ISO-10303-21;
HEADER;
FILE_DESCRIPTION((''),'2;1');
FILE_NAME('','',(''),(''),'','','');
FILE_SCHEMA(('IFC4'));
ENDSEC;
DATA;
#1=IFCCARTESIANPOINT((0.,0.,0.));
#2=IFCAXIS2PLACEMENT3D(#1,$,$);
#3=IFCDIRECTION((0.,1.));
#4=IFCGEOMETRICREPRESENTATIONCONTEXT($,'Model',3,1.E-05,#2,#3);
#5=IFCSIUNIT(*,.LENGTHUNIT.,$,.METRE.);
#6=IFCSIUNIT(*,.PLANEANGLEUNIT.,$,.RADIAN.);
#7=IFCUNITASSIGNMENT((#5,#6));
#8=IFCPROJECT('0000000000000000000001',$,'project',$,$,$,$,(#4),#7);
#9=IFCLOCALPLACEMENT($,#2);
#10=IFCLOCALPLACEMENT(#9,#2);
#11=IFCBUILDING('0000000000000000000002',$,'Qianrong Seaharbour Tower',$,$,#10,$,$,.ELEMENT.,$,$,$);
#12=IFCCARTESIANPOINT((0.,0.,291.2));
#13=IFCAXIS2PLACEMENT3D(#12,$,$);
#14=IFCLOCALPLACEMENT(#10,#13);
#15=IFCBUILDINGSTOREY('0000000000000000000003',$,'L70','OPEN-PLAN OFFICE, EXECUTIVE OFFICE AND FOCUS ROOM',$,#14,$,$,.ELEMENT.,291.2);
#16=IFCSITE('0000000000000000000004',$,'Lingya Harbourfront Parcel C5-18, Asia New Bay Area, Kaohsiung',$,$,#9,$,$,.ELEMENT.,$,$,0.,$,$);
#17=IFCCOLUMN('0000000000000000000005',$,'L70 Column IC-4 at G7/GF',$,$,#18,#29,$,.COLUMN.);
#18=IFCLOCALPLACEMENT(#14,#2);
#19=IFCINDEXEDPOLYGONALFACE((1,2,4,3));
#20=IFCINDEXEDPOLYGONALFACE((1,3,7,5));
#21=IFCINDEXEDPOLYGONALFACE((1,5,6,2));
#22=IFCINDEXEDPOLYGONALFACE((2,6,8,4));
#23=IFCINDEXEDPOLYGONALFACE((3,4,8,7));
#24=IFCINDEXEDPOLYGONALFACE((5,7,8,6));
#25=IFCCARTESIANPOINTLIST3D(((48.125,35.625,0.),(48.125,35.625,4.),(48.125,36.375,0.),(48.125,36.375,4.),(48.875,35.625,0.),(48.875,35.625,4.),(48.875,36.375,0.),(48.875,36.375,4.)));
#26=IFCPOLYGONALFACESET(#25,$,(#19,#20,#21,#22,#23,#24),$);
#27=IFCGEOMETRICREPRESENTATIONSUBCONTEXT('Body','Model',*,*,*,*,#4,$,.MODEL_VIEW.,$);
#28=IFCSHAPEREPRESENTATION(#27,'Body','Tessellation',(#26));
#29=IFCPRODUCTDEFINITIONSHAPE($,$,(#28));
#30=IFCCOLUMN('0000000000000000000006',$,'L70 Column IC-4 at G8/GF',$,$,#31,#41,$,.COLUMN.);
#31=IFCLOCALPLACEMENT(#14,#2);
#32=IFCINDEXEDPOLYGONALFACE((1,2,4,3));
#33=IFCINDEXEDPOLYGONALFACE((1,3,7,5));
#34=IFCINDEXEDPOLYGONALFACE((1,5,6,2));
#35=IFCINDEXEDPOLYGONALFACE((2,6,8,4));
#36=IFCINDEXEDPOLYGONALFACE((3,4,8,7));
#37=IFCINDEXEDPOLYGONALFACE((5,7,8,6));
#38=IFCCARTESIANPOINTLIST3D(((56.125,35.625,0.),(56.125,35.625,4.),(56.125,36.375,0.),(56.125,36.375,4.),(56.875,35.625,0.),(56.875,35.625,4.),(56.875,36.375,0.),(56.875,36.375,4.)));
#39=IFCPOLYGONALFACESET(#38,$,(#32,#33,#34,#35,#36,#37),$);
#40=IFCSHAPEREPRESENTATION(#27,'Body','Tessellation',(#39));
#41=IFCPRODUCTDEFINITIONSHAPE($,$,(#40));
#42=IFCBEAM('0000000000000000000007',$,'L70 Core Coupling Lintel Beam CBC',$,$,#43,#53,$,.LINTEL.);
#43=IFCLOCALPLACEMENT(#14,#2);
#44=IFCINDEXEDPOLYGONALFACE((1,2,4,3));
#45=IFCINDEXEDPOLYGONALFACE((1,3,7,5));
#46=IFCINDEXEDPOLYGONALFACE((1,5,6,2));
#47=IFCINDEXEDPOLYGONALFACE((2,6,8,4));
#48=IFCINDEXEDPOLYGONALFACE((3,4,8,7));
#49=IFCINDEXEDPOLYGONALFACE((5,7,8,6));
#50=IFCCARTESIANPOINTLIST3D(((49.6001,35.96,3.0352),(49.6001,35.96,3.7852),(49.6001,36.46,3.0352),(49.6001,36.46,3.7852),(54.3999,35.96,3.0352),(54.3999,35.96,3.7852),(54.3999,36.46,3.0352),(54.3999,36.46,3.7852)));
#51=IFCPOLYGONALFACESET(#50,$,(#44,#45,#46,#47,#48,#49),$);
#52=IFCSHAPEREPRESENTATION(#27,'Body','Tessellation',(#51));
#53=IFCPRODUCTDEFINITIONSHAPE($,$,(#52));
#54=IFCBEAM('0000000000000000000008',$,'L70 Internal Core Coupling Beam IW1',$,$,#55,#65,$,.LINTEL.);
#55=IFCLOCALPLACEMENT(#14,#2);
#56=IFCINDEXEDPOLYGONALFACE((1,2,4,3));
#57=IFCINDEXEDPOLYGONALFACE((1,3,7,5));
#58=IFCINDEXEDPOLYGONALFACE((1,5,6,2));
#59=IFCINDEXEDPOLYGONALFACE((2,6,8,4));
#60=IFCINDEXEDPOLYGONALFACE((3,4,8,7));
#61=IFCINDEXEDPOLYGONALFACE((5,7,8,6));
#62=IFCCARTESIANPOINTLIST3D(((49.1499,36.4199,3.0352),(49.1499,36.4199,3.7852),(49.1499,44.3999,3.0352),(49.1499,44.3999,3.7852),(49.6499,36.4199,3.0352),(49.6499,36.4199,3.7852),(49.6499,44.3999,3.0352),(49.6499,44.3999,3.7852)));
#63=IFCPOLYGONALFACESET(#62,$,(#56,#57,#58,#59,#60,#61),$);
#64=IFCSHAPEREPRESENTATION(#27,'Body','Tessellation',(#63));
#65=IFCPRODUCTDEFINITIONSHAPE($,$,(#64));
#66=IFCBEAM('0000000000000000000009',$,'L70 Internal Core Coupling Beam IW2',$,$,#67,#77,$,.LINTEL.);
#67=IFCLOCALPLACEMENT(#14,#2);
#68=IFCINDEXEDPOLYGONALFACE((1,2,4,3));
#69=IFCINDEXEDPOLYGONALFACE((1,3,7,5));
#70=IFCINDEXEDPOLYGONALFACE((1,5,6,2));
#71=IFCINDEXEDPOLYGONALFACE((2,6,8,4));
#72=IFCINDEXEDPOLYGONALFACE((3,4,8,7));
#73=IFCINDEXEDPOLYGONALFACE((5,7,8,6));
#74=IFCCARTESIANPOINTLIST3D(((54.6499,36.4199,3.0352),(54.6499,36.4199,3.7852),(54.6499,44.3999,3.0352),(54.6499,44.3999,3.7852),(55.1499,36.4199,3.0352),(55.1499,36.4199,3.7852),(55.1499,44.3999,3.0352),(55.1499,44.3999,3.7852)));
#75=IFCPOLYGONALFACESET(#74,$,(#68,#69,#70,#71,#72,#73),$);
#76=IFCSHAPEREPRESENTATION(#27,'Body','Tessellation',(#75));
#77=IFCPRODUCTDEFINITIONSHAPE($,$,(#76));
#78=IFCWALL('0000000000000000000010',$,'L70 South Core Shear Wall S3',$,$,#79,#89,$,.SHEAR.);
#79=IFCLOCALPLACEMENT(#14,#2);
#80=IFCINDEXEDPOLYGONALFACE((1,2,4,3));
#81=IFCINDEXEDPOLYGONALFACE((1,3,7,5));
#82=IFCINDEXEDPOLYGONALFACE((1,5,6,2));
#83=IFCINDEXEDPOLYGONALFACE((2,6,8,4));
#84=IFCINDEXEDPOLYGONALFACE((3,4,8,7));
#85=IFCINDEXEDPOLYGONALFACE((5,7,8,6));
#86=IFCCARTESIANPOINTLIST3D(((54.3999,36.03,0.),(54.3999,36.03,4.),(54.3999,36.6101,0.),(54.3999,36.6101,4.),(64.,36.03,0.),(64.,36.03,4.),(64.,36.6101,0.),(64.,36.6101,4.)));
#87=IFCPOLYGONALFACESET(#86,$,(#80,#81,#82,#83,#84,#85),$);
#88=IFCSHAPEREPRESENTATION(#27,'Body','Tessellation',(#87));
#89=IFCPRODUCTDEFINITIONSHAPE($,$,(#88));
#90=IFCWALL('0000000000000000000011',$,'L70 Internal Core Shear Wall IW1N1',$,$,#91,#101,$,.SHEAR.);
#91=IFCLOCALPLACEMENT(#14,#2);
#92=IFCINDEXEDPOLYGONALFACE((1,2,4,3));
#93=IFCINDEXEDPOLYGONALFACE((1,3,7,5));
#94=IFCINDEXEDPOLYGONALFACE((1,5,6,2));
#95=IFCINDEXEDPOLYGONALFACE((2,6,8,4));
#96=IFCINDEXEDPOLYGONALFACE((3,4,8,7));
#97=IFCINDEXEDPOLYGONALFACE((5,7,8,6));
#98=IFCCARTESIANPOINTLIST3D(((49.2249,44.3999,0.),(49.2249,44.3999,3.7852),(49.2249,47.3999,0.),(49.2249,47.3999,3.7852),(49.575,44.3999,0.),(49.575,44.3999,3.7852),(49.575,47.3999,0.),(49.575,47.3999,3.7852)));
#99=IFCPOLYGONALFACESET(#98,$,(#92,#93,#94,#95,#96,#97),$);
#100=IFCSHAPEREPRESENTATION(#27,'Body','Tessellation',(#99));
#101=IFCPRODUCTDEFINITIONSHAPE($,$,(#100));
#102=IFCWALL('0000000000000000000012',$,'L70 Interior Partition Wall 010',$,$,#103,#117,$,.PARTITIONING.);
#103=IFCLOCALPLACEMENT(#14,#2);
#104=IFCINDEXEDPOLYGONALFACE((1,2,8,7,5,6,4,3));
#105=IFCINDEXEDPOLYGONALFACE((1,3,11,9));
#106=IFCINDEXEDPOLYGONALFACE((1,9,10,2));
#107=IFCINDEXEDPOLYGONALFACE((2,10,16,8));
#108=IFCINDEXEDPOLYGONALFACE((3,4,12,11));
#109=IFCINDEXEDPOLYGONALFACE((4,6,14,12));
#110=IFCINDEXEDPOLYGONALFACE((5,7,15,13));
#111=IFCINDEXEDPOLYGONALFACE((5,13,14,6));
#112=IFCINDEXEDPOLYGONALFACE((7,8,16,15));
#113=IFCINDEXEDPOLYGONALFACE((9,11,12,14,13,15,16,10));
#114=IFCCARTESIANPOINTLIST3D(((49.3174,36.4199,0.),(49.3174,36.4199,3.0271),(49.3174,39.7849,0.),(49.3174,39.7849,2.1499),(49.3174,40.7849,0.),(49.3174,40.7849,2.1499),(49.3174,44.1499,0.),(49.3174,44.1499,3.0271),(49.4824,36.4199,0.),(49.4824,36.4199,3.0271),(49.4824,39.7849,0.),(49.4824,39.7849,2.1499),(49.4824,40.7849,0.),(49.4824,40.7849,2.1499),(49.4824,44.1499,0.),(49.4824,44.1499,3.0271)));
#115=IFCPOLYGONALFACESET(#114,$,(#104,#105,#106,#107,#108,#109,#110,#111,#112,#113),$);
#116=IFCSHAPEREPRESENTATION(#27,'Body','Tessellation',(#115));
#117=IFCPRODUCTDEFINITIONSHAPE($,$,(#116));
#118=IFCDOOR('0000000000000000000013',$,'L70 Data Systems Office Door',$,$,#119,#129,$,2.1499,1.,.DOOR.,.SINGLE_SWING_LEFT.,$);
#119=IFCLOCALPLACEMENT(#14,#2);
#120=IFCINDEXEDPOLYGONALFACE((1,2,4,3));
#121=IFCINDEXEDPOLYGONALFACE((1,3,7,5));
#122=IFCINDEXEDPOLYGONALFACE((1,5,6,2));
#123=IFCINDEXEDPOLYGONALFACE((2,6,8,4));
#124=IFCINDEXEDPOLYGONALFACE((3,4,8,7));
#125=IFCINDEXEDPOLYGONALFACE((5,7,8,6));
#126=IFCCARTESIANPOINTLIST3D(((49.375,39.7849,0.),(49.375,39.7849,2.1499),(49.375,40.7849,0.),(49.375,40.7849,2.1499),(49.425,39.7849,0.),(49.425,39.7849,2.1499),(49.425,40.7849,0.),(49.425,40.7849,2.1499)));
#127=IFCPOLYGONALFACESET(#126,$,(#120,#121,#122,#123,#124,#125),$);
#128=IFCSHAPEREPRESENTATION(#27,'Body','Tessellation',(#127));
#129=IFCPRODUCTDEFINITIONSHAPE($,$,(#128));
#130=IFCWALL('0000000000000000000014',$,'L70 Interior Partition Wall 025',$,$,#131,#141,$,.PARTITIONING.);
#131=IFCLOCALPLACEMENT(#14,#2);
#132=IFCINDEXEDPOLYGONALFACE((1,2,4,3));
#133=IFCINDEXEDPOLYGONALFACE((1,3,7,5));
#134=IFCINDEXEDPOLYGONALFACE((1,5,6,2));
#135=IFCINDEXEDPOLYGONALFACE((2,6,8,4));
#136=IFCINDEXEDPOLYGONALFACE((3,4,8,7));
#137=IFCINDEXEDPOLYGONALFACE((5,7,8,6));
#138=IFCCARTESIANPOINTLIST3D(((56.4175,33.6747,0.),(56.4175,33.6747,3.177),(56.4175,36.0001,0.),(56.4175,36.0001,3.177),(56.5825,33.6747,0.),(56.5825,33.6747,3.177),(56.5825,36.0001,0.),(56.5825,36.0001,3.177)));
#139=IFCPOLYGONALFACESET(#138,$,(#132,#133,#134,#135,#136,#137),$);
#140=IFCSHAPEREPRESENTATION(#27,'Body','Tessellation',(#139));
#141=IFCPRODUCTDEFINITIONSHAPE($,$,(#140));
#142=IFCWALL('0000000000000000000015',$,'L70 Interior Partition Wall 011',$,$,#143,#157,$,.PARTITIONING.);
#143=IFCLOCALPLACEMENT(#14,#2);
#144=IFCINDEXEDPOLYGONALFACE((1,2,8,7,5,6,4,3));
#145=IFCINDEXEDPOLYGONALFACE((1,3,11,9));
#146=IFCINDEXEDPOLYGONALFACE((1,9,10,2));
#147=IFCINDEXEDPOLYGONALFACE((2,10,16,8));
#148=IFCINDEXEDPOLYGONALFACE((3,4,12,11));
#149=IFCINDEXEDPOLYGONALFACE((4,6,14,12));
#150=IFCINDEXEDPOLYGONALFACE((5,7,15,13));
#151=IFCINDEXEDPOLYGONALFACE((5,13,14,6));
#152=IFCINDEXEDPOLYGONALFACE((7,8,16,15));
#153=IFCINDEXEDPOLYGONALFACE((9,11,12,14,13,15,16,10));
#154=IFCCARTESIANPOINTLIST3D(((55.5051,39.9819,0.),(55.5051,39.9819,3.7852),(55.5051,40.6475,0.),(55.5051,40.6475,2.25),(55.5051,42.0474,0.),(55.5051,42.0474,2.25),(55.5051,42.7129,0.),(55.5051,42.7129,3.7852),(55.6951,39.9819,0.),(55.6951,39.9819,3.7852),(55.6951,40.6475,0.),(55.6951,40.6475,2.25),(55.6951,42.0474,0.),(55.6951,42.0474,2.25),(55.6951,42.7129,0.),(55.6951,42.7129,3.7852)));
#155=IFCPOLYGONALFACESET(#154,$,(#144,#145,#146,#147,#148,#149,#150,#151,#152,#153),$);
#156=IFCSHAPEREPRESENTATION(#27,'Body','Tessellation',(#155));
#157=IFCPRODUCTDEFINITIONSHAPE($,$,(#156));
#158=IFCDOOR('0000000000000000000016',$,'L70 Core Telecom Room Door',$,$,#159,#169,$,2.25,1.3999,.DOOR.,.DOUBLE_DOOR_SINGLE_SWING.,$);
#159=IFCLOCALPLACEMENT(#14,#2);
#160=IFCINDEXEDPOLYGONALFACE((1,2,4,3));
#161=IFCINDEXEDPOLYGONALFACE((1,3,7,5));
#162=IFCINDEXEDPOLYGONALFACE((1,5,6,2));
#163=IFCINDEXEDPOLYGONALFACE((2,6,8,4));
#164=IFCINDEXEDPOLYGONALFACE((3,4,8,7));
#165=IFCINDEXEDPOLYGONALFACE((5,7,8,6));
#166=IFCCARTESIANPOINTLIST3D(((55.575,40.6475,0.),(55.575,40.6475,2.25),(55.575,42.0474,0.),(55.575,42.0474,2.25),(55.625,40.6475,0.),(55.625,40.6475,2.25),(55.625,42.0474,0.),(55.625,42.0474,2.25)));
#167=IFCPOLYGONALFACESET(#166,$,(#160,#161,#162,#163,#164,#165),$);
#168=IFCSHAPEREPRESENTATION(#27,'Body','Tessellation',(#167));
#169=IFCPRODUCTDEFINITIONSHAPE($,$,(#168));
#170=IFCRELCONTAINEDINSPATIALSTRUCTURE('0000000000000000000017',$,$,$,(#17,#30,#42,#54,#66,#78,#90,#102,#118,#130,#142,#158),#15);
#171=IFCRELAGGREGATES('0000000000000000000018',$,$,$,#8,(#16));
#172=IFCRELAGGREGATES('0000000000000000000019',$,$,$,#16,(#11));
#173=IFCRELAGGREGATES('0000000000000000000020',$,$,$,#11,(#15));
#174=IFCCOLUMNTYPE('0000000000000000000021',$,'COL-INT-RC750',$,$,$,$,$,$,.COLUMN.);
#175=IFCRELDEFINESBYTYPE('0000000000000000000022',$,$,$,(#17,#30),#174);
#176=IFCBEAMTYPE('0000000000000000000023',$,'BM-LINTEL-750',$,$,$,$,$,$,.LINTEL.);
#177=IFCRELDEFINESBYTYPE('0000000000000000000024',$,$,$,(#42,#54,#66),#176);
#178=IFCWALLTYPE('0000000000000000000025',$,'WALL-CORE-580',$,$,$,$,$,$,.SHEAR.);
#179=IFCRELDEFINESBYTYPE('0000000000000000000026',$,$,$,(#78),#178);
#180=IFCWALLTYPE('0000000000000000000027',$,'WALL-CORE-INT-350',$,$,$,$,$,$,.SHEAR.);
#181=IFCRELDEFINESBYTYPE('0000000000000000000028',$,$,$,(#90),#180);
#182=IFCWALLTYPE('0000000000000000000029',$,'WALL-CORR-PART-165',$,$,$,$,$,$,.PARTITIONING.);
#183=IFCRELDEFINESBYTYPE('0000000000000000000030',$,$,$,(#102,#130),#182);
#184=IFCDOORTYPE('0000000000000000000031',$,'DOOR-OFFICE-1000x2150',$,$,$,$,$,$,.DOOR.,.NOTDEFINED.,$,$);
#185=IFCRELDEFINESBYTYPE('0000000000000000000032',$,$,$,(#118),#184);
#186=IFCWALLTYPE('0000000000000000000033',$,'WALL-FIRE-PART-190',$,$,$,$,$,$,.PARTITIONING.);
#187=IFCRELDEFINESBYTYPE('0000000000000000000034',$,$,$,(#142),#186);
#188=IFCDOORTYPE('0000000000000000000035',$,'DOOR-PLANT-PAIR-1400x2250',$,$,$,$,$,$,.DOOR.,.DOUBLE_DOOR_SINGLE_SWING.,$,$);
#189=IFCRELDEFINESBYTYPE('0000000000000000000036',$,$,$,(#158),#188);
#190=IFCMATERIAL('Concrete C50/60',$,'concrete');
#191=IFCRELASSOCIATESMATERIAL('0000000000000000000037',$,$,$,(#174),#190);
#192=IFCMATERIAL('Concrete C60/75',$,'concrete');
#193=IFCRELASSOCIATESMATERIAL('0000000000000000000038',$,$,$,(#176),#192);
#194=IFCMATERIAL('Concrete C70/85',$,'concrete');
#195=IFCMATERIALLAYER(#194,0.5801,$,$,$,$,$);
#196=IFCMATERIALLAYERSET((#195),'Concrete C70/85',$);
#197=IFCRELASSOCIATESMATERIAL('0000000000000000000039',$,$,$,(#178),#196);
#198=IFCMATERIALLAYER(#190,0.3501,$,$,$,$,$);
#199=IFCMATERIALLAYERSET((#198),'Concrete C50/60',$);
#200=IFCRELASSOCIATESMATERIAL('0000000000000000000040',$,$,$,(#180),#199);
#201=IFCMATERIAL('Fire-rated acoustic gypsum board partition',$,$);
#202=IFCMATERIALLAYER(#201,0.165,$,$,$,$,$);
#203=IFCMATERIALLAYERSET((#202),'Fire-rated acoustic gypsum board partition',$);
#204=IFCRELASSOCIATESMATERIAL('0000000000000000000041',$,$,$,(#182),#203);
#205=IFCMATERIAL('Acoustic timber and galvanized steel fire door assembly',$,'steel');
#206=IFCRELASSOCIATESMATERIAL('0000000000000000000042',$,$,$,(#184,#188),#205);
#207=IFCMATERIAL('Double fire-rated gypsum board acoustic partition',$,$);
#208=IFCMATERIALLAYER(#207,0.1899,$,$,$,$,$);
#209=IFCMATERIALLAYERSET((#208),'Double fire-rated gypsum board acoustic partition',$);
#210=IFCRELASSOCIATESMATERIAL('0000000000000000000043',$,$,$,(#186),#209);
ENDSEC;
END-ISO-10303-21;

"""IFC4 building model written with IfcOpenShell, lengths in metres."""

from ifc_helpers import new_model, si_unit, direction, frame, frame_2d, origin, origin_2d, place, context, subcontext, project, spatial, rectangle, extrude, material, layer, layer_set, material_profile, profile_set, type_object, element, fill, save


model = new_model("IFC4")

# Units and contexts
model_context = context("Model", 3, precision=1e-05, world=origin(), true_north=direction((0.0, 1.0)))
body_context = subcontext(model_context, "Body", "Model", "MODEL_VIEW")
ifc_project = project(units=[si_unit("LENGTHUNIT", "METRE"), si_unit("PLANEANGLEUNIT", "RADIAN")], contexts=[model_context])

# Site, building, storey
site_placement = place(None, origin())
site = spatial("IfcSite", under=ifc_project, at=site_placement, Name="Lingya Harbourfront Parcel C5-18, Asia New Bay Area, Kaohsiung", CompositionType="ELEMENT", RefElevation=0.0)
building_placement = place(site_placement, origin())
building = spatial("IfcBuilding", under=site, at=building_placement, Name="Qianrong Seaharbour Tower", CompositionType="ELEMENT")
storey_placement = place(building_placement, frame((0.0, 0.0, 291.2)))
storey = spatial("IfcBuildingStorey", under=building, at=storey_placement, Name="L70", Description="OPEN-PLAN OFFICE, EXECUTIVE OFFICE AND FOCUS ROOM", CompositionType="ELEMENT", Elevation=291.2)

# Columns
ifc_material_1 = material(Name="Concrete C50/60", Category="concrete")
ifc_material_profile_1 = material_profile(ifc_material_1, rectangle(XDim=0.75, YDim=0.75, at=origin_2d()), Name="RC750x750")
ifc_profile_set_1 = profile_set([ifc_material_profile_1], Name="Concrete C50/60")
column_type = type_object("IfcColumnType", Name="COL-INT-RC750", PredefinedType="COLUMN", material=ifc_profile_set_1)
for number, where, z_axis, x_axis, name in (
    (1, (48.5, 36.0, 0.0), (0.0, 0.0, 1.0), (1.0, 0.0, 0.0), "L70 Column IC-4 at G7/GF"),
    (2, (56.5, 36.0, 0.0), (0.0, 0.0, 1.0), (1.0, 0.0, 0.0), "L70 Column IC-4 at G8/GF"),
):
    element("IfcColumn", number, at=place(storey_placement, frame(where, z_axis=z_axis, x_axis=x_axis)), inside=storey, type_object=column_type, Name=name, PredefinedType="COLUMN", context=body_context, shape_type="SweptSolid", body=[
        extrude(rectangle(XDim=0.75, YDim=0.75, at=origin_2d()), origin(), (0.0, 0.0, 1.0), 4.0),
    ])

# Beams
ifc_material_2 = material(Name="Concrete C60/75", Category="concrete")
ifc_material_profile_2 = material_profile(ifc_material_2, rectangle(XDim=0.5, YDim=0.75, at=origin_2d()), Name="RC500x750")
ifc_profile_set_2 = profile_set([ifc_material_profile_2], Name="Concrete C60/75")
beam_type = type_object("IfcBeamType", Name="BM-LINTEL-750", PredefinedType="LINTEL", material=ifc_profile_set_2)
beam_placement = place(storey_placement, frame((49.6001, 36.21, 3.4102), z_axis=(1.0, 0.0, 0.0), x_axis=(0.0, 1.0, 0.0)))
element("IfcBeam", 3, at=beam_placement, inside=storey, type_object=beam_type, Name="L70 Core Coupling Lintel Beam CBC", PredefinedType="LINTEL", context=body_context, shape_type="SweptSolid", body=[
    extrude(rectangle(XDim=0.5, YDim=0.75, at=origin_2d()), origin(), (0.0, 0.0, 1.0), 4.7998),
])
for number, where, z_axis, x_axis, name in (
    (4, (49.3999, 36.4199, 3.4102), (0.0, 1.0, 0.0), (-1.0, 0.0, 0.0), "L70 Internal Core Coupling Beam IW1"),
    (5, (54.8999, 36.4199, 3.4102), (0.0, 1.0, 0.0), (-1.0, 0.0, 0.0), "L70 Internal Core Coupling Beam IW2"),
):
    element("IfcBeam", number, at=place(storey_placement, frame(where, z_axis=z_axis, x_axis=x_axis)), inside=storey, type_object=beam_type, Name=name, PredefinedType="LINTEL", context=body_context, shape_type="SweptSolid", body=[
        extrude(rectangle(XDim=0.5, YDim=0.75, at=origin_2d()), origin(), (0.0, 0.0, 1.0), 7.98),
    ])

# Walls
ifc_material_3 = material(Name="Concrete C70/85", Category="concrete")
ifc_layer_1 = layer(ifc_material_3, 0.5801)
ifc_layer_set_1 = layer_set([ifc_layer_1], Name="Concrete C70/85")
wall_type_1 = type_object("IfcWallType", Name="WALL-CORE-580", PredefinedType="SHEAR", material=ifc_layer_set_1)
wall_1_placement = place(storey_placement, frame((54.3999, 36.3201, 0.0), z_axis=(0.0, 0.0, 1.0), x_axis=(1.0, 0.0, 0.0)))
element("IfcWall", 6, at=wall_1_placement, inside=storey, type_object=wall_type_1, Name="L70 South Core Shear Wall S3", PredefinedType="SHEAR", context=body_context, shape_type="SweptSolid", body=[
    extrude(rectangle(XDim=9.6001, YDim=0.5801, at=frame_2d((4.8, 0.0))), origin(), (0.0, 0.0, 1.0), 4.0),
])
ifc_layer_2 = layer(ifc_material_1, 0.3501)
ifc_layer_set_2 = layer_set([ifc_layer_2], Name="Concrete C50/60")
wall_type_2 = type_object("IfcWallType", Name="WALL-CORE-INT-350", PredefinedType="SHEAR", material=ifc_layer_set_2)
wall_2_placement = place(storey_placement, frame((49.3999, 44.3999, 0.0), z_axis=(0.0, 0.0, 1.0), x_axis=(0.0, 1.0, 0.0)))
element("IfcWall", 7, at=wall_2_placement, inside=storey, type_object=wall_type_2, Name="L70 Internal Core Shear Wall IW1N1", PredefinedType="SHEAR", context=body_context, shape_type="SweptSolid", body=[
    extrude(rectangle(XDim=3.0, YDim=0.3501, at=frame_2d((1.5, 0.0))), origin(), (0.0, 0.0, 1.0), 3.7852),
])

# Wall, opening, door
ifc_material_4 = material(Name="Fire-rated acoustic gypsum board partition")
ifc_layer_3 = layer(ifc_material_4, 0.165)
ifc_layer_set_3 = layer_set([ifc_layer_3], Name="Fire-rated acoustic gypsum board partition")
wall_type_3 = type_object("IfcWallType", Name="WALL-CORR-PART-165", PredefinedType="PARTITIONING", material=ifc_layer_set_3)
wall_3_placement = place(storey_placement, frame((49.3999, 36.4199, 0.0), z_axis=(0.0, 0.0, 1.0), x_axis=(0.0, 1.0, 0.0)))
wall_3 = element("IfcWall", 8, at=wall_3_placement, inside=storey, type_object=wall_type_3, Name="L70 Interior Partition Wall 010", PredefinedType="PARTITIONING", context=body_context, shape_type="SweptSolid", body=[
    extrude(rectangle(XDim=7.73, YDim=0.165, at=frame_2d((3.865, 0.0))), origin(), (0.0, 0.0, 1.0), 3.0271),
])
opening_1_placement = place(wall_3_placement, frame((3.365, 0.0, 0.0)))
opening_1 = element("IfcOpeningElement", 9, at=opening_1_placement, cuts=wall_3, PredefinedType="OPENING", context=body_context, shape_type="SweptSolid", body=[
    extrude(rectangle(XDim=1.0, YDim=2.1499, at=frame_2d((0.5, 1.075))), frame((0.0, 0.0925, 0.0), z_axis=(0.0, -1.0, 0.0), x_axis=(1.0, 0.0, 0.0)), (0.0, 0.0, 1.0), 0.1851),
])
ifc_material_5 = material(Name="Acoustic timber and galvanized steel fire door assembly", Category="steel")
door_type_1 = type_object("IfcDoorType", Name="DOOR-OFFICE-1000x2150", OperationType="NOTDEFINED", PredefinedType="DOOR", material=ifc_material_5)
door_1_placement = place(opening_1_placement, origin())
door_1 = element("IfcDoor", 10, at=door_1_placement, inside=storey, type_object=door_type_1, Name="L70 Data Systems Office Door", OperationType="SINGLE_SWING_LEFT", OverallHeight=2.1499, OverallWidth=1.0, PredefinedType="DOOR", context=body_context, shape_type="SweptSolid", body=[
    extrude(rectangle(XDim=1.0, YDim=2.1499, at=frame_2d((0.5, 1.075))), frame((0.0, 0.0249, 0.0), z_axis=(0.0, -1.0, 0.0), x_axis=(1.0, 0.0, 0.0)), (0.0, 0.0, 1.0), 0.05),
])
fill(opening_1, door_1)

# Wall
wall_4_placement = place(storey_placement, frame((56.5, 36.0, 0.0), z_axis=(0.0, 0.0, 1.0), x_axis=(0.0, -1.0, 0.0)))
element("IfcWall", 11, at=wall_4_placement, inside=storey, type_object=wall_type_3, Name="L70 Interior Partition Wall 025", PredefinedType="PARTITIONING", context=body_context, shape_type="SweptSolid", body=[
    extrude(rectangle(XDim=2.3254, YDim=0.165, at=frame_2d((1.1626, 0.0))), origin(), (0.0, 0.0, 1.0), 3.177),
])

# Wall, opening, door
ifc_material_6 = material(Name="Double fire-rated gypsum board acoustic partition")
ifc_layer_4 = layer(ifc_material_6, 0.1899)
ifc_layer_set_4 = layer_set([ifc_layer_4], Name="Double fire-rated gypsum board acoustic partition")
wall_type_4 = type_object("IfcWallType", Name="WALL-FIRE-PART-190", PredefinedType="PARTITIONING", material=ifc_layer_set_4)
wall_5_placement = place(storey_placement, frame((55.6001, 42.7129, 0.0), z_axis=(0.0, 0.0, 1.0), x_axis=(0.0, -1.0, 0.0)))
wall_5 = element("IfcWall", 12, at=wall_5_placement, inside=storey, type_object=wall_type_4, Name="L70 Interior Partition Wall 011", PredefinedType="PARTITIONING", context=body_context, shape_type="SweptSolid", body=[
    extrude(rectangle(XDim=2.731, YDim=0.1899, at=frame_2d((1.3655, 0.0))), origin(), (0.0, 0.0, 1.0), 3.7852),
])
opening_2_placement = place(wall_5_placement, frame((0.6655, 0.0, 0.0)))
opening_2 = element("IfcOpeningElement", 13, at=opening_2_placement, cuts=wall_5, PredefinedType="OPENING", context=body_context, shape_type="SweptSolid", body=[
    extrude(rectangle(XDim=1.3999, YDim=2.25, at=frame_2d((0.7, 1.125))), frame((0.0, 0.105, 0.0), z_axis=(0.0, -1.0, 0.0), x_axis=(1.0, 0.0, 0.0)), (0.0, 0.0, 1.0), 0.21),
])
door_type_2 = type_object("IfcDoorType", Name="DOOR-PLANT-PAIR-1400x2250", OperationType="DOUBLE_DOOR_SINGLE_SWING", PredefinedType="DOOR", material=ifc_material_5)
door_2_placement = place(opening_2_placement, origin())
door_2 = element("IfcDoor", 14, at=door_2_placement, inside=storey, type_object=door_type_2, Name="L70 Core Telecom Room Door", OperationType="DOUBLE_DOOR_SINGLE_SWING", OverallHeight=2.25, OverallWidth=1.3999, PredefinedType="DOOR", context=body_context, shape_type="SweptSolid", body=[
    extrude(rectangle(XDim=1.3999, YDim=2.25, at=frame_2d((0.7, 1.125))), frame((0.0, 0.0249, 0.0), z_axis=(0.0, -1.0, 0.0), x_axis=(1.0, 0.0, 0.0)), (0.0, 0.0, 1.0), 0.05),
])
fill(opening_2, door_2)

save(model, "model.ifc")
